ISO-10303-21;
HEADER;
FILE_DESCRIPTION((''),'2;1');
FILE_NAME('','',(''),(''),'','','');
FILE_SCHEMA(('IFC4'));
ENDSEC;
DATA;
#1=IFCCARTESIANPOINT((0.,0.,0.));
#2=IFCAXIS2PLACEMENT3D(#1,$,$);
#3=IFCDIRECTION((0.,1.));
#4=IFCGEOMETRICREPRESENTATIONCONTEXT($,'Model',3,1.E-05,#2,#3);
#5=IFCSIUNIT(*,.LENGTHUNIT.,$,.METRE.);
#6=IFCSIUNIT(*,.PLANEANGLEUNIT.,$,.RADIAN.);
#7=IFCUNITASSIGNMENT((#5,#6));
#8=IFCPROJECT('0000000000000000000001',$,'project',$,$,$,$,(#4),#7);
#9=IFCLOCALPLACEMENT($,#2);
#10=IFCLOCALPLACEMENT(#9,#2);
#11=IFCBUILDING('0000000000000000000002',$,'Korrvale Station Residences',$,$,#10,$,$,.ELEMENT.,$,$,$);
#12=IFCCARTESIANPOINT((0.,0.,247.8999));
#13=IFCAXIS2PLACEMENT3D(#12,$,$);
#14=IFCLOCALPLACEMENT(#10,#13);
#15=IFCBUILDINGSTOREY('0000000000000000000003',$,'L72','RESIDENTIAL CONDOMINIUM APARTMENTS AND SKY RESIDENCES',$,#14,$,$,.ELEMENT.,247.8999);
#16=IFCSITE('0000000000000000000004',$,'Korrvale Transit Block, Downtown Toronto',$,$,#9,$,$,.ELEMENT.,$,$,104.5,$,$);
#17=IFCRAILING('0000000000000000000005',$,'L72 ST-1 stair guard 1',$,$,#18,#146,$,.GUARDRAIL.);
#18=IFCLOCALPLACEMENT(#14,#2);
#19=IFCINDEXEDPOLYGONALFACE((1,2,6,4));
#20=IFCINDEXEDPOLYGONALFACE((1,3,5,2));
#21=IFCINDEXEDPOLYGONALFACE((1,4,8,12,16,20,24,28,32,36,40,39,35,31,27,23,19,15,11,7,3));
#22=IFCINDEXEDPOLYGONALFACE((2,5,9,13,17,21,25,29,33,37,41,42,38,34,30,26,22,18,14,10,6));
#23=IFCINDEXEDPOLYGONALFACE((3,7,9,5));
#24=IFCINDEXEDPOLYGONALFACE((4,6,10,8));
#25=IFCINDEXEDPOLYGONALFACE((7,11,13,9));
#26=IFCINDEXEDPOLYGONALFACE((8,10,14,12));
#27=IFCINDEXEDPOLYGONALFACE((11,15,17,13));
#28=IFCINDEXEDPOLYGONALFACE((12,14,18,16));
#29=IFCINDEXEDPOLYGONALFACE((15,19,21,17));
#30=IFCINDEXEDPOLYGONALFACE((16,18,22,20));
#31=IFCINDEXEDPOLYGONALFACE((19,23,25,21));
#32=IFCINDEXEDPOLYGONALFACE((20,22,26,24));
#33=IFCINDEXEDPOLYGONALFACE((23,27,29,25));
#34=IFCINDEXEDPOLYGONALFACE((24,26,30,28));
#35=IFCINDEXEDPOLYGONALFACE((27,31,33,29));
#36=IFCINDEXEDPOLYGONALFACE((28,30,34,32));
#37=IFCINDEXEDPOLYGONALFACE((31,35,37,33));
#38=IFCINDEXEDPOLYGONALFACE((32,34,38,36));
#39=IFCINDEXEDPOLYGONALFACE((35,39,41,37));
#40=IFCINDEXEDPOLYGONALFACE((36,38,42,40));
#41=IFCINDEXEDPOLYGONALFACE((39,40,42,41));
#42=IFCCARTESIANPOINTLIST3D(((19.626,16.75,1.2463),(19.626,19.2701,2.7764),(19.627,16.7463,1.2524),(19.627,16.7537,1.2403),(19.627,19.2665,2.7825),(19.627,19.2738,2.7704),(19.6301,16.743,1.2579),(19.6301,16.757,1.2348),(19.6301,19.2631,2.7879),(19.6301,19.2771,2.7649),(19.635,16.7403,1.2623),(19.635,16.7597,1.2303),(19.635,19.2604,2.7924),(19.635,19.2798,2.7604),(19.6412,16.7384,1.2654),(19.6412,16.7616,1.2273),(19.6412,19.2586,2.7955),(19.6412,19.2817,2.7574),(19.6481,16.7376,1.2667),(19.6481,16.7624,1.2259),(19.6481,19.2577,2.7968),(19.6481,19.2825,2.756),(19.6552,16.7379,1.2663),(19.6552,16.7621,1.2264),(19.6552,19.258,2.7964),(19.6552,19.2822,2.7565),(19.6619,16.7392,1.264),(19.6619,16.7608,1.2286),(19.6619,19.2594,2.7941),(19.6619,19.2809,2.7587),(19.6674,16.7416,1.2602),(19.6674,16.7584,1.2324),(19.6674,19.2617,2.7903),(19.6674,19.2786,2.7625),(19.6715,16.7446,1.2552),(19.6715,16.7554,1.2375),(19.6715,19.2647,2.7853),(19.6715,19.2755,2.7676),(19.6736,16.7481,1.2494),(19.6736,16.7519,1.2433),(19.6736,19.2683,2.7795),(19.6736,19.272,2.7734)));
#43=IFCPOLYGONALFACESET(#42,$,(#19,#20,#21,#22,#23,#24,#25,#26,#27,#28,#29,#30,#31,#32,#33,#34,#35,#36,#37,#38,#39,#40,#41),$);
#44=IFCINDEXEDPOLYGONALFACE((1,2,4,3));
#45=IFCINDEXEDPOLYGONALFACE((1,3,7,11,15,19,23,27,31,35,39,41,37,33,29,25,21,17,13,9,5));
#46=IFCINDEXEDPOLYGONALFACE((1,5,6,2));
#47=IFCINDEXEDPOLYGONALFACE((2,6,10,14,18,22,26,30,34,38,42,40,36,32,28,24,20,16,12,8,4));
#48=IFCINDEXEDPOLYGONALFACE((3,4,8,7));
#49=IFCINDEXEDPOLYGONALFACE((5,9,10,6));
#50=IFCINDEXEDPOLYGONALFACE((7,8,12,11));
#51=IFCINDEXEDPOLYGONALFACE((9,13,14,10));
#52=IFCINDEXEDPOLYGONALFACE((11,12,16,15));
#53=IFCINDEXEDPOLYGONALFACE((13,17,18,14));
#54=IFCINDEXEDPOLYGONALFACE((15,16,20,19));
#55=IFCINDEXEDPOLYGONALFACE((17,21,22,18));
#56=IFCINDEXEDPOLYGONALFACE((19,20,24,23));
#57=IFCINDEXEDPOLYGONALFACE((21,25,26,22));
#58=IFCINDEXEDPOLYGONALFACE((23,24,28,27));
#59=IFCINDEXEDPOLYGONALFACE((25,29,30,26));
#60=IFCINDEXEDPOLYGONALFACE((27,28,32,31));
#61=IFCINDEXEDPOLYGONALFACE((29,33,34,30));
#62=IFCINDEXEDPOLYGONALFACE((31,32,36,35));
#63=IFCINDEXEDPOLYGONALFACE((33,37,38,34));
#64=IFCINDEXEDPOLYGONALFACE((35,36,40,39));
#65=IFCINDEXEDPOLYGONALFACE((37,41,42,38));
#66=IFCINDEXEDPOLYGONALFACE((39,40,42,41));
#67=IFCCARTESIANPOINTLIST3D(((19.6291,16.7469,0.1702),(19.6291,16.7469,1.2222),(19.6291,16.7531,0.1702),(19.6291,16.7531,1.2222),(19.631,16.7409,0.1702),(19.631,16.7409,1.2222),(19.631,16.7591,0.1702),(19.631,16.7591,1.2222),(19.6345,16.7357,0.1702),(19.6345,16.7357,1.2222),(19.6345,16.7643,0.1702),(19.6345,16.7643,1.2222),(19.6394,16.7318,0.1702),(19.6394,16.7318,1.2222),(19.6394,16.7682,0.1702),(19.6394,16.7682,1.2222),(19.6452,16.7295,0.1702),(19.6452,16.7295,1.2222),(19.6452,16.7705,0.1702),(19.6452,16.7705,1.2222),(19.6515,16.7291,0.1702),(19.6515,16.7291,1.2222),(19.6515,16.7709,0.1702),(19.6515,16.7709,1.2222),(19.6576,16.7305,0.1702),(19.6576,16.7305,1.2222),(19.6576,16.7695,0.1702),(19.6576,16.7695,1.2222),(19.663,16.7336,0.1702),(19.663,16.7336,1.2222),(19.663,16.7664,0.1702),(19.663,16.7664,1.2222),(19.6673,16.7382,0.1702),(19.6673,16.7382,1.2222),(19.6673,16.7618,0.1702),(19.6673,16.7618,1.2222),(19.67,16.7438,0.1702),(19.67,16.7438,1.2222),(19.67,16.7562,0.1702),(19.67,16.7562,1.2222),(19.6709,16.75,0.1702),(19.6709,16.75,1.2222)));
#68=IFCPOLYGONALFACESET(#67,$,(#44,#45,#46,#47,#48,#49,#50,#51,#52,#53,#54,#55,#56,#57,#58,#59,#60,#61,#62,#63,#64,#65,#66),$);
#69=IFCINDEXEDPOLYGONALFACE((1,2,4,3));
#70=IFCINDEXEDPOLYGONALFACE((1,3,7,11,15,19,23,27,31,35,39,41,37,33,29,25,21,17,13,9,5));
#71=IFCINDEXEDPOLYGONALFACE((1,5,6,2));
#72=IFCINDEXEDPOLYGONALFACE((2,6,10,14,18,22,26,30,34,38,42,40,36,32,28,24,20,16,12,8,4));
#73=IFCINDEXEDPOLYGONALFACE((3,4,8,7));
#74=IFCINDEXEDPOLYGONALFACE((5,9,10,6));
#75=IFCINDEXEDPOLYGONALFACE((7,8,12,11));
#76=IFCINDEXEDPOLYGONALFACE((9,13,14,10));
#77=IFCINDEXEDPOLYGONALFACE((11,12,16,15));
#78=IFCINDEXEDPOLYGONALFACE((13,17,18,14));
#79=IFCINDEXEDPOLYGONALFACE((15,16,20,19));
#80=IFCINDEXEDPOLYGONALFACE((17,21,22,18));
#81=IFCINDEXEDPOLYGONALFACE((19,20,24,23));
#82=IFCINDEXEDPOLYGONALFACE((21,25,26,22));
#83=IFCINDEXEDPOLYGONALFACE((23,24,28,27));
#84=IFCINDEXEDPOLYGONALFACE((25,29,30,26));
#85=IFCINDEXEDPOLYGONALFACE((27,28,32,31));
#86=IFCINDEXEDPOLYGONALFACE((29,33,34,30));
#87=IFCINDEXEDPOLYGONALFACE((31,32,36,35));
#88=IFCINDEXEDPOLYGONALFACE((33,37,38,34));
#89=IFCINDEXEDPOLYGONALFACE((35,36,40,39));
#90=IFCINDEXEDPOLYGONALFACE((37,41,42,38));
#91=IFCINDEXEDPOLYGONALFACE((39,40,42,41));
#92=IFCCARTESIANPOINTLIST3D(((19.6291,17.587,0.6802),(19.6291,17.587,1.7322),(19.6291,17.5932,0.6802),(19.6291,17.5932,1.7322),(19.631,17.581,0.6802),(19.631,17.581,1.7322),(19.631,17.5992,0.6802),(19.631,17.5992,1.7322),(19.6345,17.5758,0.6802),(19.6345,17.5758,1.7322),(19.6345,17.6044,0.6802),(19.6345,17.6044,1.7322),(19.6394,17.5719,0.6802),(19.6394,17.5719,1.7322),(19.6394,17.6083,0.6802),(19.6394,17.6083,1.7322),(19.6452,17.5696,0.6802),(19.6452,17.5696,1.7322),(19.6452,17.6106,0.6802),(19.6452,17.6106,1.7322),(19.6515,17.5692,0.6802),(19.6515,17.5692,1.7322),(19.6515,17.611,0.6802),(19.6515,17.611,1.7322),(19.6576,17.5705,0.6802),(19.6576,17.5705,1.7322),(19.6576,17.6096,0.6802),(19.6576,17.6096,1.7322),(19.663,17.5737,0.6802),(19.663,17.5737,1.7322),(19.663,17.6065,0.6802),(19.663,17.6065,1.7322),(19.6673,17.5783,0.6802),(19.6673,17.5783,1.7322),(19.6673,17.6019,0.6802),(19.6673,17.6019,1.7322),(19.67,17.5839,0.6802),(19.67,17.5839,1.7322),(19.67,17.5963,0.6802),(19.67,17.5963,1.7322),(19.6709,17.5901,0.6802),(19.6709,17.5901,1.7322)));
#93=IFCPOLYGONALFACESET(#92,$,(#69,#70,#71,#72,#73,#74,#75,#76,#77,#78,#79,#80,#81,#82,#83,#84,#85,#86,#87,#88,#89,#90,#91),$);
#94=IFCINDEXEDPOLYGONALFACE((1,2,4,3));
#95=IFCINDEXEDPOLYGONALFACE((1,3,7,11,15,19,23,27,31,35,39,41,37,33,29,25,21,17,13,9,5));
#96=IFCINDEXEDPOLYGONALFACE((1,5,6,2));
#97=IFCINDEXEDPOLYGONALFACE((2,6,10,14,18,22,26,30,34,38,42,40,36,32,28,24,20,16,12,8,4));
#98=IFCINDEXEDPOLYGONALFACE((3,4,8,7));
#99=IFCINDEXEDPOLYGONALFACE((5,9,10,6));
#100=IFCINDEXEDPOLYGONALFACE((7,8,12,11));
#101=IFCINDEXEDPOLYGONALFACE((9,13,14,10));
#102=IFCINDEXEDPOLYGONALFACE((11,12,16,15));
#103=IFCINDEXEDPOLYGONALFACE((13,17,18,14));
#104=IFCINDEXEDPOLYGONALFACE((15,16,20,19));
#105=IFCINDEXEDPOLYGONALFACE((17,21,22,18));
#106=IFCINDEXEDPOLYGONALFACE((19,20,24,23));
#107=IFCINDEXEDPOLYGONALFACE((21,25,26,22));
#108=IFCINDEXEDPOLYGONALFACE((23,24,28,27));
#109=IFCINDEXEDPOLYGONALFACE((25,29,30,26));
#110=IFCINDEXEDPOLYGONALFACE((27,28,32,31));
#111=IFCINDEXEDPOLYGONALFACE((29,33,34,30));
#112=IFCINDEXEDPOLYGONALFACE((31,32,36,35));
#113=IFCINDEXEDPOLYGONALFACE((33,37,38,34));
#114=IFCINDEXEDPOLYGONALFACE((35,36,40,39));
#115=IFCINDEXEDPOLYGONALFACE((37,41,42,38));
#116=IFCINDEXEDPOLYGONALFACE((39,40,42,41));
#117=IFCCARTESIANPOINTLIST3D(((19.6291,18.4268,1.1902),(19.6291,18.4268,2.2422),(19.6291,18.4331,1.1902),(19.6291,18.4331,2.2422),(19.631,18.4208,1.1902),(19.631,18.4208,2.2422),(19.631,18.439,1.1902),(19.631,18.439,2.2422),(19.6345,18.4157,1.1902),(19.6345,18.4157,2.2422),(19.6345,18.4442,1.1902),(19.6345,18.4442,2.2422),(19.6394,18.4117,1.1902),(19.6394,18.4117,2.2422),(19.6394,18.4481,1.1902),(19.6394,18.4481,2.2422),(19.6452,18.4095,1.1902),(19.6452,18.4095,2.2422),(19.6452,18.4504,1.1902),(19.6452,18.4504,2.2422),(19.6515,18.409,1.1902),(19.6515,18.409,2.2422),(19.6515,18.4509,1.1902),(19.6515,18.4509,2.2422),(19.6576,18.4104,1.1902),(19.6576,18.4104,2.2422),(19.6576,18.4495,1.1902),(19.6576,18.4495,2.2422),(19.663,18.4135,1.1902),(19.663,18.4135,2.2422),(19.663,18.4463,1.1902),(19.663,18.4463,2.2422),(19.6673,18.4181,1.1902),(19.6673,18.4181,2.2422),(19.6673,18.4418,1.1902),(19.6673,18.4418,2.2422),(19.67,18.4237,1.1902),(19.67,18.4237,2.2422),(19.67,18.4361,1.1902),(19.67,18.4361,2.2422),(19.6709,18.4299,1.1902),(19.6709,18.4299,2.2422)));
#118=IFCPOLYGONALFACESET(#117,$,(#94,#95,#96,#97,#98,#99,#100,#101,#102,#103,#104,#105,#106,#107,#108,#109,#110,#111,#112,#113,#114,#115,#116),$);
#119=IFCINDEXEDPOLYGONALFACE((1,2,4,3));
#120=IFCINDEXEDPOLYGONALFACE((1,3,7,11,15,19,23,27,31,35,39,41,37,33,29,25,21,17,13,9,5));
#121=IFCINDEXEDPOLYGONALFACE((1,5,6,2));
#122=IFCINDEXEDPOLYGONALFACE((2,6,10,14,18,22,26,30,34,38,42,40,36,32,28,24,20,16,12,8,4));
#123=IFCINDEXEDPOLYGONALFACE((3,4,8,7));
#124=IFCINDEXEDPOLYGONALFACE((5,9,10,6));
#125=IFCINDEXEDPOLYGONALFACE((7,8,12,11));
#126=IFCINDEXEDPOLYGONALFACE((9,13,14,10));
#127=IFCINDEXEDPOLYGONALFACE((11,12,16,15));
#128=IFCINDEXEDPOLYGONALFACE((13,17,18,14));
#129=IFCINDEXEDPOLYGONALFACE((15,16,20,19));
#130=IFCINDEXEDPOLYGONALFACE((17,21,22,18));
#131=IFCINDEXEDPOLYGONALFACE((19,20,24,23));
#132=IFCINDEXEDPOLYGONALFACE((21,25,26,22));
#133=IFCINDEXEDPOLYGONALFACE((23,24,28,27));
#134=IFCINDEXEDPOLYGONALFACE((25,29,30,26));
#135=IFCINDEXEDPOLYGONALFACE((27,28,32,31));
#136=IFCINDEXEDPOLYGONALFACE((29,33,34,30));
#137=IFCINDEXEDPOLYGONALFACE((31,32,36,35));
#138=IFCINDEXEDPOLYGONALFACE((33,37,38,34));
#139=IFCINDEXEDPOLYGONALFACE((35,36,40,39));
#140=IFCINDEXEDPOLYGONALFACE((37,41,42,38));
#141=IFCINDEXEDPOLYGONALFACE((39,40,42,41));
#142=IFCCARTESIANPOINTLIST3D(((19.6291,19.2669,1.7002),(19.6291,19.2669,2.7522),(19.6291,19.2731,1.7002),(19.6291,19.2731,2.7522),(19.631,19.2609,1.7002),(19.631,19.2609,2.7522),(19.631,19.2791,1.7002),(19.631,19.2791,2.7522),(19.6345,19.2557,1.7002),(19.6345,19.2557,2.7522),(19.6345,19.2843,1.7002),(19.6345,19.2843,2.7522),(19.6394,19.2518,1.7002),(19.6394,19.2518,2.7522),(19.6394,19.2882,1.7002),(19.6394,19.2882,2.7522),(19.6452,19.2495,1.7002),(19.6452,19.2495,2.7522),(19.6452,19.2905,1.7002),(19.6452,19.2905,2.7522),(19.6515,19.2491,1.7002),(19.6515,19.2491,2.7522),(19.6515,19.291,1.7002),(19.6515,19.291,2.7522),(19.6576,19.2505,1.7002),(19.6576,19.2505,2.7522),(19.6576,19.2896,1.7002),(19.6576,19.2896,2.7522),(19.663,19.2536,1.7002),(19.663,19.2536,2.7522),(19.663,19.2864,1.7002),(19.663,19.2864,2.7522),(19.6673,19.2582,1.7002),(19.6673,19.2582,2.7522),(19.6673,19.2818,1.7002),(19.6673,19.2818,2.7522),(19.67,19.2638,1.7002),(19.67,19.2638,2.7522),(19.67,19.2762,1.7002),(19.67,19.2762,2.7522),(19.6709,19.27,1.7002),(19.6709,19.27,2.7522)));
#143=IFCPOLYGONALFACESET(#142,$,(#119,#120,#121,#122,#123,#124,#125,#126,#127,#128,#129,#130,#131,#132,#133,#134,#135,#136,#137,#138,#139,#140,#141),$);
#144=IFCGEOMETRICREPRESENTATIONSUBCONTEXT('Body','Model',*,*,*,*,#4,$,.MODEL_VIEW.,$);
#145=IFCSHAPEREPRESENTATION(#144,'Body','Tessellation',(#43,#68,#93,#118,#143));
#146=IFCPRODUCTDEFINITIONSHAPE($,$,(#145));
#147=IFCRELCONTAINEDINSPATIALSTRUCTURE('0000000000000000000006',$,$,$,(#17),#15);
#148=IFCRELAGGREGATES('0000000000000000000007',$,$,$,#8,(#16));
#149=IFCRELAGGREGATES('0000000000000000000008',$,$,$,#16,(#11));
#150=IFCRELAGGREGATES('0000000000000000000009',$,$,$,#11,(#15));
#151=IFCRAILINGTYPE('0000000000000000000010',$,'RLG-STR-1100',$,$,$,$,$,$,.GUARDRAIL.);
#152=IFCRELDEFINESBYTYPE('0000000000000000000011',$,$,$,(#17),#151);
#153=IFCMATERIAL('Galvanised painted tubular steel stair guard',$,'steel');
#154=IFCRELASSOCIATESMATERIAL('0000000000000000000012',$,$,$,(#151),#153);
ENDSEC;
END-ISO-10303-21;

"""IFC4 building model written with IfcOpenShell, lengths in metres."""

from ifc_helpers import new_model, si_unit, direction, frame, origin, origin_2d, place, context, subcontext, project, spatial, circle, extrude, material, type_object, element, save


model = new_model("IFC4")

# Units and contexts
model_context = context("Model", 3, precision=1e-05, world=origin(), true_north=direction((0.0, 1.0)))
body_context = subcontext(model_context, "Body", "Model", "MODEL_VIEW")
ifc_project = project(units=[si_unit("LENGTHUNIT", "METRE"), si_unit("PLANEANGLEUNIT", "RADIAN")], contexts=[model_context])

# Site, building, storey
site_placement = place(None, origin())
site = spatial("IfcSite", under=ifc_project, at=site_placement, Name="Korrvale Transit Block, Downtown Toronto", CompositionType="ELEMENT", RefElevation=104.5)
building_placement = place(site_placement, origin())
building = spatial("IfcBuilding", under=site, at=building_placement, Name="Korrvale Station Residences", CompositionType="ELEMENT")
storey_placement = place(building_placement, frame((0.0, 0.0, 247.8999)))
storey = spatial("IfcBuildingStorey", under=building, at=storey_placement, Name="L72", Description="RESIDENTIAL CONDOMINIUM APARTMENTS AND SKY RESIDENCES", CompositionType="ELEMENT", Elevation=247.8999)

# Railing
ifc_material_1 = material(Name="Galvanised painted tubular steel stair guard", Category="steel")
railing_type_1 = type_object("IfcRailingType", Name="RLG-STR-1100", PredefinedType="GUARDRAIL", material=ifc_material_1)
railing_1_placement = place(storey_placement, frame((19.6499, 16.75, 0.1702)))
element("IfcRailing", 1, at=railing_1_placement, inside=storey, type_object=railing_type_1, Name="L72 ST-1 stair guard 1", PredefinedType="GUARDRAIL", context=body_context, shape_type="SweptSolid", body=[
    extrude(circle(Radius=0.0239, at=origin_2d()), frame((0.0, 0.0, 1.0762), z_axis=(0.0, 0.854785, 0.518982), x_axis=(-1.0, 0.0, 0.0)), (0.0, 0.0, 1.0), 2.9482),
    extrude(circle(Radius=0.021, at=origin_2d()), origin(), (0.0, 0.0, 1.0), 1.052),
    extrude(circle(Radius=0.021, at=origin_2d()), frame((0.0, 0.8401, 0.51)), (0.0, 0.0, 1.0), 1.052),
    extrude(circle(Radius=0.021, at=origin_2d()), frame((0.0, 1.6799, 1.02)), (0.0, 0.0, 1.0), 1.052),
    extrude(circle(Radius=0.021, at=origin_2d()), frame((0.0, 2.52, 1.53)), (0.0, 0.0, 1.0), 1.052),
])

save(model, "model.ifc")
